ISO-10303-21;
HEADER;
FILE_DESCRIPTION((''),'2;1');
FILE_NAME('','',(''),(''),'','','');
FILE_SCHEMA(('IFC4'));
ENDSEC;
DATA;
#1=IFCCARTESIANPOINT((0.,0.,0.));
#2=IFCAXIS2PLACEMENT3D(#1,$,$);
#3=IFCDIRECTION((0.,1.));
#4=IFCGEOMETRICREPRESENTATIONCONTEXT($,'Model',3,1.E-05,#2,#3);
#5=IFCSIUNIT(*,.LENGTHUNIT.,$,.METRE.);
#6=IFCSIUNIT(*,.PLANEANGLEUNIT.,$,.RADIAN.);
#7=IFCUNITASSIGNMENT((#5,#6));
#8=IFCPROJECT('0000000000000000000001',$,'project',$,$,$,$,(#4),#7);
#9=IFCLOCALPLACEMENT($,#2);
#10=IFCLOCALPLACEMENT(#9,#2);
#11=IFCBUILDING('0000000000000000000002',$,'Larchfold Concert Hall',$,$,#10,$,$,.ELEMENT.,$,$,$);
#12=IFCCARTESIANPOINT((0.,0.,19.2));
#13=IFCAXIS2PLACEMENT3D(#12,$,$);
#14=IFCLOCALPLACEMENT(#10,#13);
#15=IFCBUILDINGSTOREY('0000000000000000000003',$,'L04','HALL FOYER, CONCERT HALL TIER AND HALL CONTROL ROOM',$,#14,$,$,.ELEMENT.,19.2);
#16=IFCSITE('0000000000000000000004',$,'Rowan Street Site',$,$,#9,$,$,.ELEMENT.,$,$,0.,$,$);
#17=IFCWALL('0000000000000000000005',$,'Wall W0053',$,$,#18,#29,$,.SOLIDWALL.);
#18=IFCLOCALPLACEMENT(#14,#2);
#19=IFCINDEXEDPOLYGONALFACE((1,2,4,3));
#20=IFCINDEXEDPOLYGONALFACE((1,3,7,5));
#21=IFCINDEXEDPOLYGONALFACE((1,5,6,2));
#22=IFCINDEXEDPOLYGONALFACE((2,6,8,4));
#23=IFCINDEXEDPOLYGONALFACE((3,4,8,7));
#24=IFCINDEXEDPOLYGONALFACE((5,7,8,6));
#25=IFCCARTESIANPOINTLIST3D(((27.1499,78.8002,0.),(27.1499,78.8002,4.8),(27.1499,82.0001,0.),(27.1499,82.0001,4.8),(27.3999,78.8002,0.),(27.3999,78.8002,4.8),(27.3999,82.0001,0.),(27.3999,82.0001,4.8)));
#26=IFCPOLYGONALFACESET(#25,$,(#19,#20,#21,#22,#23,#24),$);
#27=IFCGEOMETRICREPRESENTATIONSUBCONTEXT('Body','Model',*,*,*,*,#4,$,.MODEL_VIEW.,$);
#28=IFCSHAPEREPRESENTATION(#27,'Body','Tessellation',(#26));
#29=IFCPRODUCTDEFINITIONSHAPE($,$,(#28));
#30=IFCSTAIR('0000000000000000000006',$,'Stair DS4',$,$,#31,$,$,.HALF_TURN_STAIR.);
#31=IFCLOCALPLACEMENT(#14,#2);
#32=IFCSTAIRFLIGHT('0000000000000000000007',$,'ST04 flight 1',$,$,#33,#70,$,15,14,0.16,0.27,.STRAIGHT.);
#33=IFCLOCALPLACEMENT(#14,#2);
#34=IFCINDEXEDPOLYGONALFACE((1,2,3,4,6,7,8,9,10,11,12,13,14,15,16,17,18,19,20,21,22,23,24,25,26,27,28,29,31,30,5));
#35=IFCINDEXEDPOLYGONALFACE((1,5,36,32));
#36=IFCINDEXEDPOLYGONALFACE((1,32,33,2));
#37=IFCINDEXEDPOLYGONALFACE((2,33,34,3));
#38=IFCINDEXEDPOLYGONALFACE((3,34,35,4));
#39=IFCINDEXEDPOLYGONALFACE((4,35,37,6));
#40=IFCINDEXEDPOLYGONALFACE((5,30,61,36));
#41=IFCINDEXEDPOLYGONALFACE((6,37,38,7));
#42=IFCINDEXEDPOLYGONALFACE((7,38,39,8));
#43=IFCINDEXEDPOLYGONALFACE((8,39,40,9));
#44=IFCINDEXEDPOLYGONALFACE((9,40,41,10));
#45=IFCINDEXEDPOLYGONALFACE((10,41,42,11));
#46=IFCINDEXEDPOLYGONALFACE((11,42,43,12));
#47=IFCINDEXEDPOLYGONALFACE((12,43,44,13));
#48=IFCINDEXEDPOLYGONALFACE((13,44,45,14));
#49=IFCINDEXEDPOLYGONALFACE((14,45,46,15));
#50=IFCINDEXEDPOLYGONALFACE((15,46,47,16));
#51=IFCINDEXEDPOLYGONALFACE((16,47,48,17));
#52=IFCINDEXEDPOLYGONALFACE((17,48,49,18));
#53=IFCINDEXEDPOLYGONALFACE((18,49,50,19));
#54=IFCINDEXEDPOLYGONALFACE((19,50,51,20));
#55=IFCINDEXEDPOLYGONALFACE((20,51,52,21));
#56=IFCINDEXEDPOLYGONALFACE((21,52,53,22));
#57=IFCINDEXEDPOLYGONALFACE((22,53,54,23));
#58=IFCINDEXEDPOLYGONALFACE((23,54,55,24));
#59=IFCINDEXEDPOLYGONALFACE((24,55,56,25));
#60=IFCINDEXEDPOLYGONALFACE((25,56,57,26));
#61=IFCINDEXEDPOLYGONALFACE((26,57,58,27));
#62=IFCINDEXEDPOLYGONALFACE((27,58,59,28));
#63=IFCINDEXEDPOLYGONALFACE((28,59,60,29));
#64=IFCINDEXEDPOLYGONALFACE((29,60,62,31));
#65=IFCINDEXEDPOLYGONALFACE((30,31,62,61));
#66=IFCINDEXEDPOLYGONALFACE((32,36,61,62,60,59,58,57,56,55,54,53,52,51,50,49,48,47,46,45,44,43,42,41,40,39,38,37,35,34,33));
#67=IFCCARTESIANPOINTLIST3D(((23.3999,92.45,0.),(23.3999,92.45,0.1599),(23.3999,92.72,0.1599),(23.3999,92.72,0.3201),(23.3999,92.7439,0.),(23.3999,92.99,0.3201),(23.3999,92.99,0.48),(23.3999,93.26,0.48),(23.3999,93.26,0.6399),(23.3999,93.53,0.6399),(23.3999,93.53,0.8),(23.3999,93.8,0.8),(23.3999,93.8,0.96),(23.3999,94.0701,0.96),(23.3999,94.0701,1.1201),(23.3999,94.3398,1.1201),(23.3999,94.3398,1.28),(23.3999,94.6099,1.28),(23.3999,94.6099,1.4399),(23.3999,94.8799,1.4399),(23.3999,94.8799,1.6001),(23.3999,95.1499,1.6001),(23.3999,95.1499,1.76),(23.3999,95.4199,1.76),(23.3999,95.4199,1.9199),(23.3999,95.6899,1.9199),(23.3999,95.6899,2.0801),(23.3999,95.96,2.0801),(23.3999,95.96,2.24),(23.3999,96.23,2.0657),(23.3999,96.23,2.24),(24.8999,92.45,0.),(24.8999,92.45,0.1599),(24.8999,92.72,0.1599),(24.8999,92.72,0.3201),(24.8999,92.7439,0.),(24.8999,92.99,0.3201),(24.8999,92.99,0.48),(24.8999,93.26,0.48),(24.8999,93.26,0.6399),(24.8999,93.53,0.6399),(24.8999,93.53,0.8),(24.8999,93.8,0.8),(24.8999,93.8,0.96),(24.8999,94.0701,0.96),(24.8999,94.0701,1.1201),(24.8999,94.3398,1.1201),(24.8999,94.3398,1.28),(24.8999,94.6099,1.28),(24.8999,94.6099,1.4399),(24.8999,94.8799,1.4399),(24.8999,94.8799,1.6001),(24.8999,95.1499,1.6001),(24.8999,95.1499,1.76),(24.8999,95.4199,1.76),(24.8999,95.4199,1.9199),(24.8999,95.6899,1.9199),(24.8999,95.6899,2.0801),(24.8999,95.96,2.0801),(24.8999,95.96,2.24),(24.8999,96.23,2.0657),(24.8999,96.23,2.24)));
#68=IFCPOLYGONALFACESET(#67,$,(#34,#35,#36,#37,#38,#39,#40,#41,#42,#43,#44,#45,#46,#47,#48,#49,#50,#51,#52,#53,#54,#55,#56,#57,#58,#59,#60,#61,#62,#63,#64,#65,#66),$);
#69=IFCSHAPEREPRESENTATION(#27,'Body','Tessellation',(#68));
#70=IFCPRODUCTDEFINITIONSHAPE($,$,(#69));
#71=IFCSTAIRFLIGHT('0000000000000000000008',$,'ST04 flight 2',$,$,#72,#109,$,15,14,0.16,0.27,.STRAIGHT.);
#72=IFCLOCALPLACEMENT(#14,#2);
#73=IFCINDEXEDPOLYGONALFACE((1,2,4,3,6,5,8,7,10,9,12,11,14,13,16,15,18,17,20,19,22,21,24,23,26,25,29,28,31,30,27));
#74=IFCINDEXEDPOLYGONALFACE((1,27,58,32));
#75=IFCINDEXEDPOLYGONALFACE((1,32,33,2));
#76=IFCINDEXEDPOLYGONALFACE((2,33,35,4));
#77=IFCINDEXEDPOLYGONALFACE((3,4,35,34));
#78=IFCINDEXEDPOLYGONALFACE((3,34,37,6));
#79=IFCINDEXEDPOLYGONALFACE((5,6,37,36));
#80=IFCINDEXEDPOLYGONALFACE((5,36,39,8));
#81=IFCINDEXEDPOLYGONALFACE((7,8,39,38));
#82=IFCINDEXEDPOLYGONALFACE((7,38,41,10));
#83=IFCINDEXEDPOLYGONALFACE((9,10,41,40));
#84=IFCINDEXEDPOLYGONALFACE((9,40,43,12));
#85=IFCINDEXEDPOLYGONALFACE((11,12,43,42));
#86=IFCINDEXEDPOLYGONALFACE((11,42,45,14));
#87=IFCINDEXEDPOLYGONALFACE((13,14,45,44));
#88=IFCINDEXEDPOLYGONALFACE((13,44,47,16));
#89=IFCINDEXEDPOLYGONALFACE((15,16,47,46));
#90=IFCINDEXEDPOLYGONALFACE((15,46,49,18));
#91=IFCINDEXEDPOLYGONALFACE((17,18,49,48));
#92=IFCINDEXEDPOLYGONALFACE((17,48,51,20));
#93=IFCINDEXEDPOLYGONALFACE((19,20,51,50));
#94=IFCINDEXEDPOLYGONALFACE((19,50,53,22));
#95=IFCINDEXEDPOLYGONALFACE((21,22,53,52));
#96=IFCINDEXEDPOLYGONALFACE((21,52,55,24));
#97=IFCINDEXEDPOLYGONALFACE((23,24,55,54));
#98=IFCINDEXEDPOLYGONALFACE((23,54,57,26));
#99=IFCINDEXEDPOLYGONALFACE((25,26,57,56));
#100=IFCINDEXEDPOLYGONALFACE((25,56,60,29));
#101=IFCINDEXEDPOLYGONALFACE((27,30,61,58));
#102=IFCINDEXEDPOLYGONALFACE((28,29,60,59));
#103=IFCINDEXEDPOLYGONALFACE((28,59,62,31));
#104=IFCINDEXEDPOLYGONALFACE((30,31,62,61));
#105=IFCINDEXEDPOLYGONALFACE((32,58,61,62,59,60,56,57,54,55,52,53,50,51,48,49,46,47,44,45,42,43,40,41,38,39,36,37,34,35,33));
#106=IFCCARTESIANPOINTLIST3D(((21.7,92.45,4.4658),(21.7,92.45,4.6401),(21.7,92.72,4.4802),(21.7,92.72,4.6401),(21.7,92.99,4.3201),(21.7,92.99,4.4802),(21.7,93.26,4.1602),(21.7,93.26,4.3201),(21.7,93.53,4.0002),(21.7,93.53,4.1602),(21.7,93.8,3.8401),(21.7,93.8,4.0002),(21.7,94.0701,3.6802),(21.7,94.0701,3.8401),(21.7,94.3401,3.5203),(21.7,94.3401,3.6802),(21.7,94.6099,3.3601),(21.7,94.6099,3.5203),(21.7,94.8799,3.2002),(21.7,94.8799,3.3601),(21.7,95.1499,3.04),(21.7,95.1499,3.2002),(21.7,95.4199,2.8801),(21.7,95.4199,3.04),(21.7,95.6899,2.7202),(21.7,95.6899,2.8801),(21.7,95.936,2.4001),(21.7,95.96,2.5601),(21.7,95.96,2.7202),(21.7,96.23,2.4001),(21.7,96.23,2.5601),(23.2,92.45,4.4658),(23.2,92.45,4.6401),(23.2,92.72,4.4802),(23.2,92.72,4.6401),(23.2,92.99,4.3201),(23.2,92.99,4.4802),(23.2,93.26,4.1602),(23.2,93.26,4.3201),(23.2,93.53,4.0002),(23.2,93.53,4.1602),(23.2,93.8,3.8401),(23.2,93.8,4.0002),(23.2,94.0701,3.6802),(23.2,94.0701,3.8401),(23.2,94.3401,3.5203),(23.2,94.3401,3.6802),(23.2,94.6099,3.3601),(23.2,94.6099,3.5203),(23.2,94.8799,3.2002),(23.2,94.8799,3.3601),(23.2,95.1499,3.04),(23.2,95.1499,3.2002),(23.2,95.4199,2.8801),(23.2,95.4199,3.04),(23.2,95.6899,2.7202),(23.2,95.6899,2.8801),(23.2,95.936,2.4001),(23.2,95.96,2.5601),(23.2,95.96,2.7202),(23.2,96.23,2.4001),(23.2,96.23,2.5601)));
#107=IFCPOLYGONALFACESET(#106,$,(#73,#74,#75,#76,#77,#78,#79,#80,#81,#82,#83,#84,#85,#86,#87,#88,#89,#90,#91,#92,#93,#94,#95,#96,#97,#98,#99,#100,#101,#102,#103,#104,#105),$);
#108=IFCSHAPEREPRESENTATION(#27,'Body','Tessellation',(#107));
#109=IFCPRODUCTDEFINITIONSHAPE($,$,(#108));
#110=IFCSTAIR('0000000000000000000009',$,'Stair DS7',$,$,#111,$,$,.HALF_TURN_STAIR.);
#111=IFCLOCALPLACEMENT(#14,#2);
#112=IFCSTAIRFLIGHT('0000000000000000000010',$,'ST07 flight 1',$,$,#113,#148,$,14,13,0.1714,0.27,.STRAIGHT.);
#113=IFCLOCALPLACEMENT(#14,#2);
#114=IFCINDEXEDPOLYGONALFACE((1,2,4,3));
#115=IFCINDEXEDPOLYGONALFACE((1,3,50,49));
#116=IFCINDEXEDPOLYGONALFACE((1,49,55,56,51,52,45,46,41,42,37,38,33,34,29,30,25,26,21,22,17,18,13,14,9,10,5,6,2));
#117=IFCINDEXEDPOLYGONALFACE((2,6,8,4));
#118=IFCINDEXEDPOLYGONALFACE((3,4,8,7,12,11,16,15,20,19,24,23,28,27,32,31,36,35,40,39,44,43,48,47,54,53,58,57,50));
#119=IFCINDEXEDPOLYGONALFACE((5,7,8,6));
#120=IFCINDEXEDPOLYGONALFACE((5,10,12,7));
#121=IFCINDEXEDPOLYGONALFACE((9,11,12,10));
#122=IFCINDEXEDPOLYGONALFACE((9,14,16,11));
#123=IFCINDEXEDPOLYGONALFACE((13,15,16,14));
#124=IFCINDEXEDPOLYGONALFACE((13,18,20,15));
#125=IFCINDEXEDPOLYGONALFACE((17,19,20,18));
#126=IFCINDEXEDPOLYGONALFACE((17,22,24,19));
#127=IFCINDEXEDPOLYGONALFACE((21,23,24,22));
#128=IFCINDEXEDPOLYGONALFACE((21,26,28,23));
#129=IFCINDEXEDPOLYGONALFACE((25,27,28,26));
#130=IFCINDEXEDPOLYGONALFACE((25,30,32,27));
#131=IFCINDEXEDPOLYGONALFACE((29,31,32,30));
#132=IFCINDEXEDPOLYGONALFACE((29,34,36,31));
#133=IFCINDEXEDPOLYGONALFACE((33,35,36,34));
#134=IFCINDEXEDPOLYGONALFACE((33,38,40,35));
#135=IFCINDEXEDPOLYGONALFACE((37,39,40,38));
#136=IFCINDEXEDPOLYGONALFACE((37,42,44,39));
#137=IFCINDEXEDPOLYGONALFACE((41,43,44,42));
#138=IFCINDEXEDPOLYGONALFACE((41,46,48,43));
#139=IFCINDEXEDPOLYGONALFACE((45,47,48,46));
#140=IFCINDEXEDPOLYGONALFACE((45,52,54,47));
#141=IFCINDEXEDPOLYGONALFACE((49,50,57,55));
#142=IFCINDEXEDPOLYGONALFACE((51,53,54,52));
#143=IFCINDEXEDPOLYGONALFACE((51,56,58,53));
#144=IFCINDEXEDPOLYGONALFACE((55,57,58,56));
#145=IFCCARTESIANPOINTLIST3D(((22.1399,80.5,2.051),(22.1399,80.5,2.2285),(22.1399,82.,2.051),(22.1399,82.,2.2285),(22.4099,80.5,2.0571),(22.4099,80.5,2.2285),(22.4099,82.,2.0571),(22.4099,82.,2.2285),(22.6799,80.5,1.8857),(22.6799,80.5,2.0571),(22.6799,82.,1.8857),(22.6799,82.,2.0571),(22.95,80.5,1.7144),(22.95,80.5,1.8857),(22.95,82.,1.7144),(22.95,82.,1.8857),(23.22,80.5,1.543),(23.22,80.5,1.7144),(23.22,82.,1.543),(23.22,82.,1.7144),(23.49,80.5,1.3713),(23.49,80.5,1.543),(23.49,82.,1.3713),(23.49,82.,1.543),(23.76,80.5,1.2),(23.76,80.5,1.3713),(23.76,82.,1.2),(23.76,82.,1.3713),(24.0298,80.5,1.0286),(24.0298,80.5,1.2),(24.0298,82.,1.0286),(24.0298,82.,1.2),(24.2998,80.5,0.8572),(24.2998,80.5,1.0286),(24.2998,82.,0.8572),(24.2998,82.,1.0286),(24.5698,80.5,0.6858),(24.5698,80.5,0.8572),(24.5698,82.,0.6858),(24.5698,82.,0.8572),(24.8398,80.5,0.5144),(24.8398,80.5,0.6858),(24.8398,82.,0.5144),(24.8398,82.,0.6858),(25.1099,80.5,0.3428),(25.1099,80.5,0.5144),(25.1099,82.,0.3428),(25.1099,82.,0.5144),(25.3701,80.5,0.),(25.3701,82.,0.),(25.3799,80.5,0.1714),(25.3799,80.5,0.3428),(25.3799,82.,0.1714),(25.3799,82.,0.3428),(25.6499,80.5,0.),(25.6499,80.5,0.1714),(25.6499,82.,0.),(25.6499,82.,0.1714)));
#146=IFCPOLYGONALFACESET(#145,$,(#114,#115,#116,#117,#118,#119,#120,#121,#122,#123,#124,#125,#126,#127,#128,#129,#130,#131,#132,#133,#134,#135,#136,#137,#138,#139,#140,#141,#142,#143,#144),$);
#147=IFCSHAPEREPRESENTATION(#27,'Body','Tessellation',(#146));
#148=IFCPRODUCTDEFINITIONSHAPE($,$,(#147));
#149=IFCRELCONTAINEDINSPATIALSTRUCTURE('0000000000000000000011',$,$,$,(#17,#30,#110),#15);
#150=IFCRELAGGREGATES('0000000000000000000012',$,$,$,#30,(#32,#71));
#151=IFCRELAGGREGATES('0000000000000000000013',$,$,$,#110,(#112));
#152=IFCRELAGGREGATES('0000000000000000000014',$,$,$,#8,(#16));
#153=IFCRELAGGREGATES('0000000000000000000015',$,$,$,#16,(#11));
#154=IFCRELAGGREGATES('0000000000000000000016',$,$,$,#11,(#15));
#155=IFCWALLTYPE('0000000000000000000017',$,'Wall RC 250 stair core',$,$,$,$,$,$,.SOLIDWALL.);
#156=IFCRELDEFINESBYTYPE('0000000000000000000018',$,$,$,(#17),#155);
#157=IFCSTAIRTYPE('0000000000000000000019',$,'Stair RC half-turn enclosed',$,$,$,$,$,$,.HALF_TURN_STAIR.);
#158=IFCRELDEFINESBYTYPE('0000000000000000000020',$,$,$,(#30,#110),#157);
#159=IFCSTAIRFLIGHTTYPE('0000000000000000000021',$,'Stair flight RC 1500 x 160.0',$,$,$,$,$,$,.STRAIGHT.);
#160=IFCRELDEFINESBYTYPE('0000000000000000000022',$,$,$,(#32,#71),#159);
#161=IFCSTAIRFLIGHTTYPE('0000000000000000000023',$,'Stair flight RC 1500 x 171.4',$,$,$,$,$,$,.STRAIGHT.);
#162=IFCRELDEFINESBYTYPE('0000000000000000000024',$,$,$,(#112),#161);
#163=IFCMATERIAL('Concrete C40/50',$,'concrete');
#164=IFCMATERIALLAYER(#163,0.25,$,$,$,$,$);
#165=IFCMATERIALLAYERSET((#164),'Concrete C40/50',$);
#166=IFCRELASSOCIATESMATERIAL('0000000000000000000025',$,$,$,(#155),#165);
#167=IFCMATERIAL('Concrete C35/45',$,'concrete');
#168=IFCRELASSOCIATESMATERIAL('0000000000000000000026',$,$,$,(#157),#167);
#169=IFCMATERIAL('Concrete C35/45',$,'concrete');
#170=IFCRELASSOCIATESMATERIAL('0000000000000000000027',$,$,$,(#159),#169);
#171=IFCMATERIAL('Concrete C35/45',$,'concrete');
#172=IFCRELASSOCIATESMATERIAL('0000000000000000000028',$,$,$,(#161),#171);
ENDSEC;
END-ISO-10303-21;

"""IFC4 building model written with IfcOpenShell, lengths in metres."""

from ifc_helpers import new_model, si_unit, direction, frame, frame_2d, origin, place, context, subcontext, project, spatial, polyline, rectangle, outline, extrude, material, layer, layer_set, type_object, element, aggregate, save


model = new_model("IFC4")

# Units and contexts
model_context = context("Model", 3, precision=1e-05, world=origin(), true_north=direction((0.0, 1.0)))
body_context = subcontext(model_context, "Body", "Model", "MODEL_VIEW")
ifc_project = project(units=[si_unit("LENGTHUNIT", "METRE"), si_unit("PLANEANGLEUNIT", "RADIAN")], contexts=[model_context])

# Site, building, storey
site_placement = place(None, origin())
site = spatial("IfcSite", under=ifc_project, at=site_placement, Name="Rowan Street Site", CompositionType="ELEMENT", RefElevation=0.0)
building_placement = place(site_placement, origin())
building = spatial("IfcBuilding", under=site, at=building_placement, Name="Larchfold Concert Hall", CompositionType="ELEMENT")
storey_placement = place(building_placement, frame((0.0, 0.0, 19.2)))
storey = spatial("IfcBuildingStorey", under=building, at=storey_placement, Name="L04", Description="HALL FOYER, CONCERT HALL TIER AND HALL CONTROL ROOM", CompositionType="ELEMENT", Elevation=19.2)

# Shared definitions
ifc_material_1 = material(Name="Concrete C40/50", Category="concrete")
ifc_layer_1 = layer(ifc_material_1, 0.25)
ifc_layer_set_1 = layer_set([ifc_layer_1], Name="Concrete C40/50")
wall_type_1 = type_object("IfcWallType", Name="Wall RC 250 stair core", PredefinedType="SOLIDWALL", material=ifc_layer_set_1)

# Wall
wall_1_placement = place(storey_placement, frame((27.2749, 78.8, 0.0), z_axis=(0.0, 0.0, 1.0), x_axis=(0.0, 1.0, 0.0)))
element("IfcWall", 1, at=wall_1_placement, inside=storey, type_object=wall_type_1, Name="Wall W0053", PredefinedType="SOLIDWALL", context=body_context, shape_type="SweptSolid", body=[
    extrude(rectangle(XDim=3.2, YDim=0.25, at=frame_2d((1.6001, 0.0))), origin(), (0.0, 0.0, 1.0), 4.8),
])

# Stairs, stair flights
ifc_material_2 = material(Name="Concrete C35/45", Category="concrete")
stair_type = type_object("IfcStairType", Name="Stair RC half-turn enclosed", PredefinedType="HALF_TURN_STAIR", material=ifc_material_2)
stair_1_placement = place(storey_placement, origin())
stair_1 = element("IfcStair", 2, at=stair_1_placement, inside=storey, type_object=stair_type, Name="Stair DS4", PredefinedType="HALF_TURN_STAIR")
ifc_material_3 = material(Name="Concrete C35/45", Category="concrete")
stair_flight_type_1 = type_object("IfcStairFlightType", Name="Stair flight RC 1500 x 160.0", PredefinedType="STRAIGHT", material=ifc_material_3)
stair_flight_1_placement = place(storey_placement, frame((24.1499, 92.45, 0.0), z_axis=(0.0, 0.0, 1.0), x_axis=(0.0, 1.0, 0.0)))
stair_flight_1 = element("IfcStairFlight", 3, at=stair_flight_1_placement, type_object=stair_flight_type_1, Name="ST04 flight 1", NumberOfRisers=15, NumberOfTreads=14, PredefinedType="STRAIGHT", RiserHeight=0.16, TreadLength=0.27, context=body_context, shape_type="SweptSolid", body=[
    extrude(outline(polyline([(0.0, 0.0), (0.0, 0.1599), (0.27, 0.1599), (0.27, 0.3201), (0.54, 0.3201), (0.54, 0.48), (0.8101, 0.48), (0.8101, 0.6399), (1.0801, 0.6399), (1.0801, 0.8), (1.3501, 0.8), (1.3501, 0.96), (1.6201, 0.96), (1.6201, 1.1201), (1.8899, 1.1201), (1.8899, 1.28), (2.1599, 1.28), (2.1599, 1.4399), (2.4299, 1.4399), (2.4299, 1.6001), (2.7, 1.6001), (2.7, 1.76), (2.97, 1.76), (2.97, 1.9199), (3.24, 1.9199), (3.24, 2.0801), (3.51, 2.0801), (3.51, 2.24), (3.78, 2.24), (3.78, 2.3999), (3.78, 2.0657), (0.2939, 0.0), (0.0, 0.0)])), frame((0.0, 0.75, 0.0), z_axis=(0.0, -1.0, 0.0), x_axis=(1.0, 0.0, 0.0)), (0.0, 0.0, 1.0), 1.5),
])
stair_flight_2_placement = place(storey_placement, frame((22.45, 96.23, 2.4001), z_axis=(0.0, 0.0, 1.0), x_axis=(0.0, -1.0, 0.0)))
stair_flight_2 = element("IfcStairFlight", 4, at=stair_flight_2_placement, type_object=stair_flight_type_1, Name="ST04 flight 2", NumberOfRisers=15, NumberOfTreads=14, PredefinedType="STRAIGHT", RiserHeight=0.16, TreadLength=0.27, context=body_context, shape_type="SweptSolid", body=[
    extrude(outline(polyline([(0.0, 0.0), (0.0, 0.1599), (0.27, 0.1599), (0.27, 0.3201), (0.54, 0.3201), (0.54, 0.48), (0.8101, 0.48), (0.8101, 0.6399), (1.0801, 0.6399), (1.0801, 0.8), (1.3501, 0.8), (1.3501, 0.96), (1.6201, 0.96), (1.6201, 1.1201), (1.8899, 1.1201), (1.8899, 1.28), (2.1599, 1.28), (2.1599, 1.4399), (2.4299, 1.4399), (2.4299, 1.6001), (2.7, 1.6001), (2.7, 1.76), (2.97, 1.76), (2.97, 1.9199), (3.24, 1.9199), (3.24, 2.0801), (3.51, 2.0801), (3.51, 2.24), (3.78, 2.24), (3.78, 2.3999), (3.78, 2.0657), (0.2939, 0.0), (0.0, 0.0)])), frame((0.0, 0.75, 0.0), z_axis=(0.0, -1.0, 0.0), x_axis=(1.0, 0.0, 0.0)), (0.0, 0.0, 1.0), 1.5),
])
aggregate(stair_1, [stair_flight_1, stair_flight_2])
stair_2_placement = place(storey_placement, origin())
stair_2 = element("IfcStair", 5, at=stair_2_placement, inside=storey, type_object=stair_type, Name="Stair DS7", PredefinedType="HALF_TURN_STAIR")
ifc_material_4 = material(Name="Concrete C35/45", Category="concrete")
stair_flight_type_2 = type_object("IfcStairFlightType", Name="Stair flight RC 1500 x 171.4", PredefinedType="STRAIGHT", material=ifc_material_4)
stair_flight_3_placement = place(storey_placement, frame((25.6499, 81.25, 0.0), z_axis=(0.0, 0.0, 1.0), x_axis=(-1.0, 0.0, 0.0)))
stair_flight_3 = element("IfcStairFlight", 6, at=stair_flight_3_placement, type_object=stair_flight_type_2, Name="ST07 flight 1", NumberOfRisers=14, NumberOfTreads=13, PredefinedType="STRAIGHT", RiserHeight=0.1714, TreadLength=0.27, context=body_context, shape_type="SweptSolid", body=[
    extrude(outline(polyline([(0.0, 0.0), (0.0, 0.1714), (0.27, 0.1714), (0.27, 0.3428), (0.54, 0.3428), (0.54, 0.5144), (0.8101, 0.5144), (0.8101, 0.6858), (1.0801, 0.6858), (1.0801, 0.8572), (1.3501, 0.8572), (1.3501, 1.0286), (1.6201, 1.0286), (1.6201, 1.2), (1.8899, 1.2), (1.8899, 1.3713), (2.1599, 1.3713), (2.1599, 1.543), (2.4299, 1.543), (2.4299, 1.7144), (2.7, 1.7144), (2.7, 1.8857), (2.97, 1.8857), (2.97, 2.0571), (3.24, 2.0571), (3.24, 2.2285), (3.51, 2.2285), (3.51, 2.3999), (3.51, 2.051), (0.2798, 0.0), (0.0, 0.0)])), frame((0.0, 0.75, 0.0), z_axis=(0.0, -1.0, 0.0), x_axis=(1.0, 0.0, 0.0)), (0.0, 0.0, 1.0), 1.5),
])
aggregate(stair_2, [stair_flight_3])

save(model, "model.ifc")
